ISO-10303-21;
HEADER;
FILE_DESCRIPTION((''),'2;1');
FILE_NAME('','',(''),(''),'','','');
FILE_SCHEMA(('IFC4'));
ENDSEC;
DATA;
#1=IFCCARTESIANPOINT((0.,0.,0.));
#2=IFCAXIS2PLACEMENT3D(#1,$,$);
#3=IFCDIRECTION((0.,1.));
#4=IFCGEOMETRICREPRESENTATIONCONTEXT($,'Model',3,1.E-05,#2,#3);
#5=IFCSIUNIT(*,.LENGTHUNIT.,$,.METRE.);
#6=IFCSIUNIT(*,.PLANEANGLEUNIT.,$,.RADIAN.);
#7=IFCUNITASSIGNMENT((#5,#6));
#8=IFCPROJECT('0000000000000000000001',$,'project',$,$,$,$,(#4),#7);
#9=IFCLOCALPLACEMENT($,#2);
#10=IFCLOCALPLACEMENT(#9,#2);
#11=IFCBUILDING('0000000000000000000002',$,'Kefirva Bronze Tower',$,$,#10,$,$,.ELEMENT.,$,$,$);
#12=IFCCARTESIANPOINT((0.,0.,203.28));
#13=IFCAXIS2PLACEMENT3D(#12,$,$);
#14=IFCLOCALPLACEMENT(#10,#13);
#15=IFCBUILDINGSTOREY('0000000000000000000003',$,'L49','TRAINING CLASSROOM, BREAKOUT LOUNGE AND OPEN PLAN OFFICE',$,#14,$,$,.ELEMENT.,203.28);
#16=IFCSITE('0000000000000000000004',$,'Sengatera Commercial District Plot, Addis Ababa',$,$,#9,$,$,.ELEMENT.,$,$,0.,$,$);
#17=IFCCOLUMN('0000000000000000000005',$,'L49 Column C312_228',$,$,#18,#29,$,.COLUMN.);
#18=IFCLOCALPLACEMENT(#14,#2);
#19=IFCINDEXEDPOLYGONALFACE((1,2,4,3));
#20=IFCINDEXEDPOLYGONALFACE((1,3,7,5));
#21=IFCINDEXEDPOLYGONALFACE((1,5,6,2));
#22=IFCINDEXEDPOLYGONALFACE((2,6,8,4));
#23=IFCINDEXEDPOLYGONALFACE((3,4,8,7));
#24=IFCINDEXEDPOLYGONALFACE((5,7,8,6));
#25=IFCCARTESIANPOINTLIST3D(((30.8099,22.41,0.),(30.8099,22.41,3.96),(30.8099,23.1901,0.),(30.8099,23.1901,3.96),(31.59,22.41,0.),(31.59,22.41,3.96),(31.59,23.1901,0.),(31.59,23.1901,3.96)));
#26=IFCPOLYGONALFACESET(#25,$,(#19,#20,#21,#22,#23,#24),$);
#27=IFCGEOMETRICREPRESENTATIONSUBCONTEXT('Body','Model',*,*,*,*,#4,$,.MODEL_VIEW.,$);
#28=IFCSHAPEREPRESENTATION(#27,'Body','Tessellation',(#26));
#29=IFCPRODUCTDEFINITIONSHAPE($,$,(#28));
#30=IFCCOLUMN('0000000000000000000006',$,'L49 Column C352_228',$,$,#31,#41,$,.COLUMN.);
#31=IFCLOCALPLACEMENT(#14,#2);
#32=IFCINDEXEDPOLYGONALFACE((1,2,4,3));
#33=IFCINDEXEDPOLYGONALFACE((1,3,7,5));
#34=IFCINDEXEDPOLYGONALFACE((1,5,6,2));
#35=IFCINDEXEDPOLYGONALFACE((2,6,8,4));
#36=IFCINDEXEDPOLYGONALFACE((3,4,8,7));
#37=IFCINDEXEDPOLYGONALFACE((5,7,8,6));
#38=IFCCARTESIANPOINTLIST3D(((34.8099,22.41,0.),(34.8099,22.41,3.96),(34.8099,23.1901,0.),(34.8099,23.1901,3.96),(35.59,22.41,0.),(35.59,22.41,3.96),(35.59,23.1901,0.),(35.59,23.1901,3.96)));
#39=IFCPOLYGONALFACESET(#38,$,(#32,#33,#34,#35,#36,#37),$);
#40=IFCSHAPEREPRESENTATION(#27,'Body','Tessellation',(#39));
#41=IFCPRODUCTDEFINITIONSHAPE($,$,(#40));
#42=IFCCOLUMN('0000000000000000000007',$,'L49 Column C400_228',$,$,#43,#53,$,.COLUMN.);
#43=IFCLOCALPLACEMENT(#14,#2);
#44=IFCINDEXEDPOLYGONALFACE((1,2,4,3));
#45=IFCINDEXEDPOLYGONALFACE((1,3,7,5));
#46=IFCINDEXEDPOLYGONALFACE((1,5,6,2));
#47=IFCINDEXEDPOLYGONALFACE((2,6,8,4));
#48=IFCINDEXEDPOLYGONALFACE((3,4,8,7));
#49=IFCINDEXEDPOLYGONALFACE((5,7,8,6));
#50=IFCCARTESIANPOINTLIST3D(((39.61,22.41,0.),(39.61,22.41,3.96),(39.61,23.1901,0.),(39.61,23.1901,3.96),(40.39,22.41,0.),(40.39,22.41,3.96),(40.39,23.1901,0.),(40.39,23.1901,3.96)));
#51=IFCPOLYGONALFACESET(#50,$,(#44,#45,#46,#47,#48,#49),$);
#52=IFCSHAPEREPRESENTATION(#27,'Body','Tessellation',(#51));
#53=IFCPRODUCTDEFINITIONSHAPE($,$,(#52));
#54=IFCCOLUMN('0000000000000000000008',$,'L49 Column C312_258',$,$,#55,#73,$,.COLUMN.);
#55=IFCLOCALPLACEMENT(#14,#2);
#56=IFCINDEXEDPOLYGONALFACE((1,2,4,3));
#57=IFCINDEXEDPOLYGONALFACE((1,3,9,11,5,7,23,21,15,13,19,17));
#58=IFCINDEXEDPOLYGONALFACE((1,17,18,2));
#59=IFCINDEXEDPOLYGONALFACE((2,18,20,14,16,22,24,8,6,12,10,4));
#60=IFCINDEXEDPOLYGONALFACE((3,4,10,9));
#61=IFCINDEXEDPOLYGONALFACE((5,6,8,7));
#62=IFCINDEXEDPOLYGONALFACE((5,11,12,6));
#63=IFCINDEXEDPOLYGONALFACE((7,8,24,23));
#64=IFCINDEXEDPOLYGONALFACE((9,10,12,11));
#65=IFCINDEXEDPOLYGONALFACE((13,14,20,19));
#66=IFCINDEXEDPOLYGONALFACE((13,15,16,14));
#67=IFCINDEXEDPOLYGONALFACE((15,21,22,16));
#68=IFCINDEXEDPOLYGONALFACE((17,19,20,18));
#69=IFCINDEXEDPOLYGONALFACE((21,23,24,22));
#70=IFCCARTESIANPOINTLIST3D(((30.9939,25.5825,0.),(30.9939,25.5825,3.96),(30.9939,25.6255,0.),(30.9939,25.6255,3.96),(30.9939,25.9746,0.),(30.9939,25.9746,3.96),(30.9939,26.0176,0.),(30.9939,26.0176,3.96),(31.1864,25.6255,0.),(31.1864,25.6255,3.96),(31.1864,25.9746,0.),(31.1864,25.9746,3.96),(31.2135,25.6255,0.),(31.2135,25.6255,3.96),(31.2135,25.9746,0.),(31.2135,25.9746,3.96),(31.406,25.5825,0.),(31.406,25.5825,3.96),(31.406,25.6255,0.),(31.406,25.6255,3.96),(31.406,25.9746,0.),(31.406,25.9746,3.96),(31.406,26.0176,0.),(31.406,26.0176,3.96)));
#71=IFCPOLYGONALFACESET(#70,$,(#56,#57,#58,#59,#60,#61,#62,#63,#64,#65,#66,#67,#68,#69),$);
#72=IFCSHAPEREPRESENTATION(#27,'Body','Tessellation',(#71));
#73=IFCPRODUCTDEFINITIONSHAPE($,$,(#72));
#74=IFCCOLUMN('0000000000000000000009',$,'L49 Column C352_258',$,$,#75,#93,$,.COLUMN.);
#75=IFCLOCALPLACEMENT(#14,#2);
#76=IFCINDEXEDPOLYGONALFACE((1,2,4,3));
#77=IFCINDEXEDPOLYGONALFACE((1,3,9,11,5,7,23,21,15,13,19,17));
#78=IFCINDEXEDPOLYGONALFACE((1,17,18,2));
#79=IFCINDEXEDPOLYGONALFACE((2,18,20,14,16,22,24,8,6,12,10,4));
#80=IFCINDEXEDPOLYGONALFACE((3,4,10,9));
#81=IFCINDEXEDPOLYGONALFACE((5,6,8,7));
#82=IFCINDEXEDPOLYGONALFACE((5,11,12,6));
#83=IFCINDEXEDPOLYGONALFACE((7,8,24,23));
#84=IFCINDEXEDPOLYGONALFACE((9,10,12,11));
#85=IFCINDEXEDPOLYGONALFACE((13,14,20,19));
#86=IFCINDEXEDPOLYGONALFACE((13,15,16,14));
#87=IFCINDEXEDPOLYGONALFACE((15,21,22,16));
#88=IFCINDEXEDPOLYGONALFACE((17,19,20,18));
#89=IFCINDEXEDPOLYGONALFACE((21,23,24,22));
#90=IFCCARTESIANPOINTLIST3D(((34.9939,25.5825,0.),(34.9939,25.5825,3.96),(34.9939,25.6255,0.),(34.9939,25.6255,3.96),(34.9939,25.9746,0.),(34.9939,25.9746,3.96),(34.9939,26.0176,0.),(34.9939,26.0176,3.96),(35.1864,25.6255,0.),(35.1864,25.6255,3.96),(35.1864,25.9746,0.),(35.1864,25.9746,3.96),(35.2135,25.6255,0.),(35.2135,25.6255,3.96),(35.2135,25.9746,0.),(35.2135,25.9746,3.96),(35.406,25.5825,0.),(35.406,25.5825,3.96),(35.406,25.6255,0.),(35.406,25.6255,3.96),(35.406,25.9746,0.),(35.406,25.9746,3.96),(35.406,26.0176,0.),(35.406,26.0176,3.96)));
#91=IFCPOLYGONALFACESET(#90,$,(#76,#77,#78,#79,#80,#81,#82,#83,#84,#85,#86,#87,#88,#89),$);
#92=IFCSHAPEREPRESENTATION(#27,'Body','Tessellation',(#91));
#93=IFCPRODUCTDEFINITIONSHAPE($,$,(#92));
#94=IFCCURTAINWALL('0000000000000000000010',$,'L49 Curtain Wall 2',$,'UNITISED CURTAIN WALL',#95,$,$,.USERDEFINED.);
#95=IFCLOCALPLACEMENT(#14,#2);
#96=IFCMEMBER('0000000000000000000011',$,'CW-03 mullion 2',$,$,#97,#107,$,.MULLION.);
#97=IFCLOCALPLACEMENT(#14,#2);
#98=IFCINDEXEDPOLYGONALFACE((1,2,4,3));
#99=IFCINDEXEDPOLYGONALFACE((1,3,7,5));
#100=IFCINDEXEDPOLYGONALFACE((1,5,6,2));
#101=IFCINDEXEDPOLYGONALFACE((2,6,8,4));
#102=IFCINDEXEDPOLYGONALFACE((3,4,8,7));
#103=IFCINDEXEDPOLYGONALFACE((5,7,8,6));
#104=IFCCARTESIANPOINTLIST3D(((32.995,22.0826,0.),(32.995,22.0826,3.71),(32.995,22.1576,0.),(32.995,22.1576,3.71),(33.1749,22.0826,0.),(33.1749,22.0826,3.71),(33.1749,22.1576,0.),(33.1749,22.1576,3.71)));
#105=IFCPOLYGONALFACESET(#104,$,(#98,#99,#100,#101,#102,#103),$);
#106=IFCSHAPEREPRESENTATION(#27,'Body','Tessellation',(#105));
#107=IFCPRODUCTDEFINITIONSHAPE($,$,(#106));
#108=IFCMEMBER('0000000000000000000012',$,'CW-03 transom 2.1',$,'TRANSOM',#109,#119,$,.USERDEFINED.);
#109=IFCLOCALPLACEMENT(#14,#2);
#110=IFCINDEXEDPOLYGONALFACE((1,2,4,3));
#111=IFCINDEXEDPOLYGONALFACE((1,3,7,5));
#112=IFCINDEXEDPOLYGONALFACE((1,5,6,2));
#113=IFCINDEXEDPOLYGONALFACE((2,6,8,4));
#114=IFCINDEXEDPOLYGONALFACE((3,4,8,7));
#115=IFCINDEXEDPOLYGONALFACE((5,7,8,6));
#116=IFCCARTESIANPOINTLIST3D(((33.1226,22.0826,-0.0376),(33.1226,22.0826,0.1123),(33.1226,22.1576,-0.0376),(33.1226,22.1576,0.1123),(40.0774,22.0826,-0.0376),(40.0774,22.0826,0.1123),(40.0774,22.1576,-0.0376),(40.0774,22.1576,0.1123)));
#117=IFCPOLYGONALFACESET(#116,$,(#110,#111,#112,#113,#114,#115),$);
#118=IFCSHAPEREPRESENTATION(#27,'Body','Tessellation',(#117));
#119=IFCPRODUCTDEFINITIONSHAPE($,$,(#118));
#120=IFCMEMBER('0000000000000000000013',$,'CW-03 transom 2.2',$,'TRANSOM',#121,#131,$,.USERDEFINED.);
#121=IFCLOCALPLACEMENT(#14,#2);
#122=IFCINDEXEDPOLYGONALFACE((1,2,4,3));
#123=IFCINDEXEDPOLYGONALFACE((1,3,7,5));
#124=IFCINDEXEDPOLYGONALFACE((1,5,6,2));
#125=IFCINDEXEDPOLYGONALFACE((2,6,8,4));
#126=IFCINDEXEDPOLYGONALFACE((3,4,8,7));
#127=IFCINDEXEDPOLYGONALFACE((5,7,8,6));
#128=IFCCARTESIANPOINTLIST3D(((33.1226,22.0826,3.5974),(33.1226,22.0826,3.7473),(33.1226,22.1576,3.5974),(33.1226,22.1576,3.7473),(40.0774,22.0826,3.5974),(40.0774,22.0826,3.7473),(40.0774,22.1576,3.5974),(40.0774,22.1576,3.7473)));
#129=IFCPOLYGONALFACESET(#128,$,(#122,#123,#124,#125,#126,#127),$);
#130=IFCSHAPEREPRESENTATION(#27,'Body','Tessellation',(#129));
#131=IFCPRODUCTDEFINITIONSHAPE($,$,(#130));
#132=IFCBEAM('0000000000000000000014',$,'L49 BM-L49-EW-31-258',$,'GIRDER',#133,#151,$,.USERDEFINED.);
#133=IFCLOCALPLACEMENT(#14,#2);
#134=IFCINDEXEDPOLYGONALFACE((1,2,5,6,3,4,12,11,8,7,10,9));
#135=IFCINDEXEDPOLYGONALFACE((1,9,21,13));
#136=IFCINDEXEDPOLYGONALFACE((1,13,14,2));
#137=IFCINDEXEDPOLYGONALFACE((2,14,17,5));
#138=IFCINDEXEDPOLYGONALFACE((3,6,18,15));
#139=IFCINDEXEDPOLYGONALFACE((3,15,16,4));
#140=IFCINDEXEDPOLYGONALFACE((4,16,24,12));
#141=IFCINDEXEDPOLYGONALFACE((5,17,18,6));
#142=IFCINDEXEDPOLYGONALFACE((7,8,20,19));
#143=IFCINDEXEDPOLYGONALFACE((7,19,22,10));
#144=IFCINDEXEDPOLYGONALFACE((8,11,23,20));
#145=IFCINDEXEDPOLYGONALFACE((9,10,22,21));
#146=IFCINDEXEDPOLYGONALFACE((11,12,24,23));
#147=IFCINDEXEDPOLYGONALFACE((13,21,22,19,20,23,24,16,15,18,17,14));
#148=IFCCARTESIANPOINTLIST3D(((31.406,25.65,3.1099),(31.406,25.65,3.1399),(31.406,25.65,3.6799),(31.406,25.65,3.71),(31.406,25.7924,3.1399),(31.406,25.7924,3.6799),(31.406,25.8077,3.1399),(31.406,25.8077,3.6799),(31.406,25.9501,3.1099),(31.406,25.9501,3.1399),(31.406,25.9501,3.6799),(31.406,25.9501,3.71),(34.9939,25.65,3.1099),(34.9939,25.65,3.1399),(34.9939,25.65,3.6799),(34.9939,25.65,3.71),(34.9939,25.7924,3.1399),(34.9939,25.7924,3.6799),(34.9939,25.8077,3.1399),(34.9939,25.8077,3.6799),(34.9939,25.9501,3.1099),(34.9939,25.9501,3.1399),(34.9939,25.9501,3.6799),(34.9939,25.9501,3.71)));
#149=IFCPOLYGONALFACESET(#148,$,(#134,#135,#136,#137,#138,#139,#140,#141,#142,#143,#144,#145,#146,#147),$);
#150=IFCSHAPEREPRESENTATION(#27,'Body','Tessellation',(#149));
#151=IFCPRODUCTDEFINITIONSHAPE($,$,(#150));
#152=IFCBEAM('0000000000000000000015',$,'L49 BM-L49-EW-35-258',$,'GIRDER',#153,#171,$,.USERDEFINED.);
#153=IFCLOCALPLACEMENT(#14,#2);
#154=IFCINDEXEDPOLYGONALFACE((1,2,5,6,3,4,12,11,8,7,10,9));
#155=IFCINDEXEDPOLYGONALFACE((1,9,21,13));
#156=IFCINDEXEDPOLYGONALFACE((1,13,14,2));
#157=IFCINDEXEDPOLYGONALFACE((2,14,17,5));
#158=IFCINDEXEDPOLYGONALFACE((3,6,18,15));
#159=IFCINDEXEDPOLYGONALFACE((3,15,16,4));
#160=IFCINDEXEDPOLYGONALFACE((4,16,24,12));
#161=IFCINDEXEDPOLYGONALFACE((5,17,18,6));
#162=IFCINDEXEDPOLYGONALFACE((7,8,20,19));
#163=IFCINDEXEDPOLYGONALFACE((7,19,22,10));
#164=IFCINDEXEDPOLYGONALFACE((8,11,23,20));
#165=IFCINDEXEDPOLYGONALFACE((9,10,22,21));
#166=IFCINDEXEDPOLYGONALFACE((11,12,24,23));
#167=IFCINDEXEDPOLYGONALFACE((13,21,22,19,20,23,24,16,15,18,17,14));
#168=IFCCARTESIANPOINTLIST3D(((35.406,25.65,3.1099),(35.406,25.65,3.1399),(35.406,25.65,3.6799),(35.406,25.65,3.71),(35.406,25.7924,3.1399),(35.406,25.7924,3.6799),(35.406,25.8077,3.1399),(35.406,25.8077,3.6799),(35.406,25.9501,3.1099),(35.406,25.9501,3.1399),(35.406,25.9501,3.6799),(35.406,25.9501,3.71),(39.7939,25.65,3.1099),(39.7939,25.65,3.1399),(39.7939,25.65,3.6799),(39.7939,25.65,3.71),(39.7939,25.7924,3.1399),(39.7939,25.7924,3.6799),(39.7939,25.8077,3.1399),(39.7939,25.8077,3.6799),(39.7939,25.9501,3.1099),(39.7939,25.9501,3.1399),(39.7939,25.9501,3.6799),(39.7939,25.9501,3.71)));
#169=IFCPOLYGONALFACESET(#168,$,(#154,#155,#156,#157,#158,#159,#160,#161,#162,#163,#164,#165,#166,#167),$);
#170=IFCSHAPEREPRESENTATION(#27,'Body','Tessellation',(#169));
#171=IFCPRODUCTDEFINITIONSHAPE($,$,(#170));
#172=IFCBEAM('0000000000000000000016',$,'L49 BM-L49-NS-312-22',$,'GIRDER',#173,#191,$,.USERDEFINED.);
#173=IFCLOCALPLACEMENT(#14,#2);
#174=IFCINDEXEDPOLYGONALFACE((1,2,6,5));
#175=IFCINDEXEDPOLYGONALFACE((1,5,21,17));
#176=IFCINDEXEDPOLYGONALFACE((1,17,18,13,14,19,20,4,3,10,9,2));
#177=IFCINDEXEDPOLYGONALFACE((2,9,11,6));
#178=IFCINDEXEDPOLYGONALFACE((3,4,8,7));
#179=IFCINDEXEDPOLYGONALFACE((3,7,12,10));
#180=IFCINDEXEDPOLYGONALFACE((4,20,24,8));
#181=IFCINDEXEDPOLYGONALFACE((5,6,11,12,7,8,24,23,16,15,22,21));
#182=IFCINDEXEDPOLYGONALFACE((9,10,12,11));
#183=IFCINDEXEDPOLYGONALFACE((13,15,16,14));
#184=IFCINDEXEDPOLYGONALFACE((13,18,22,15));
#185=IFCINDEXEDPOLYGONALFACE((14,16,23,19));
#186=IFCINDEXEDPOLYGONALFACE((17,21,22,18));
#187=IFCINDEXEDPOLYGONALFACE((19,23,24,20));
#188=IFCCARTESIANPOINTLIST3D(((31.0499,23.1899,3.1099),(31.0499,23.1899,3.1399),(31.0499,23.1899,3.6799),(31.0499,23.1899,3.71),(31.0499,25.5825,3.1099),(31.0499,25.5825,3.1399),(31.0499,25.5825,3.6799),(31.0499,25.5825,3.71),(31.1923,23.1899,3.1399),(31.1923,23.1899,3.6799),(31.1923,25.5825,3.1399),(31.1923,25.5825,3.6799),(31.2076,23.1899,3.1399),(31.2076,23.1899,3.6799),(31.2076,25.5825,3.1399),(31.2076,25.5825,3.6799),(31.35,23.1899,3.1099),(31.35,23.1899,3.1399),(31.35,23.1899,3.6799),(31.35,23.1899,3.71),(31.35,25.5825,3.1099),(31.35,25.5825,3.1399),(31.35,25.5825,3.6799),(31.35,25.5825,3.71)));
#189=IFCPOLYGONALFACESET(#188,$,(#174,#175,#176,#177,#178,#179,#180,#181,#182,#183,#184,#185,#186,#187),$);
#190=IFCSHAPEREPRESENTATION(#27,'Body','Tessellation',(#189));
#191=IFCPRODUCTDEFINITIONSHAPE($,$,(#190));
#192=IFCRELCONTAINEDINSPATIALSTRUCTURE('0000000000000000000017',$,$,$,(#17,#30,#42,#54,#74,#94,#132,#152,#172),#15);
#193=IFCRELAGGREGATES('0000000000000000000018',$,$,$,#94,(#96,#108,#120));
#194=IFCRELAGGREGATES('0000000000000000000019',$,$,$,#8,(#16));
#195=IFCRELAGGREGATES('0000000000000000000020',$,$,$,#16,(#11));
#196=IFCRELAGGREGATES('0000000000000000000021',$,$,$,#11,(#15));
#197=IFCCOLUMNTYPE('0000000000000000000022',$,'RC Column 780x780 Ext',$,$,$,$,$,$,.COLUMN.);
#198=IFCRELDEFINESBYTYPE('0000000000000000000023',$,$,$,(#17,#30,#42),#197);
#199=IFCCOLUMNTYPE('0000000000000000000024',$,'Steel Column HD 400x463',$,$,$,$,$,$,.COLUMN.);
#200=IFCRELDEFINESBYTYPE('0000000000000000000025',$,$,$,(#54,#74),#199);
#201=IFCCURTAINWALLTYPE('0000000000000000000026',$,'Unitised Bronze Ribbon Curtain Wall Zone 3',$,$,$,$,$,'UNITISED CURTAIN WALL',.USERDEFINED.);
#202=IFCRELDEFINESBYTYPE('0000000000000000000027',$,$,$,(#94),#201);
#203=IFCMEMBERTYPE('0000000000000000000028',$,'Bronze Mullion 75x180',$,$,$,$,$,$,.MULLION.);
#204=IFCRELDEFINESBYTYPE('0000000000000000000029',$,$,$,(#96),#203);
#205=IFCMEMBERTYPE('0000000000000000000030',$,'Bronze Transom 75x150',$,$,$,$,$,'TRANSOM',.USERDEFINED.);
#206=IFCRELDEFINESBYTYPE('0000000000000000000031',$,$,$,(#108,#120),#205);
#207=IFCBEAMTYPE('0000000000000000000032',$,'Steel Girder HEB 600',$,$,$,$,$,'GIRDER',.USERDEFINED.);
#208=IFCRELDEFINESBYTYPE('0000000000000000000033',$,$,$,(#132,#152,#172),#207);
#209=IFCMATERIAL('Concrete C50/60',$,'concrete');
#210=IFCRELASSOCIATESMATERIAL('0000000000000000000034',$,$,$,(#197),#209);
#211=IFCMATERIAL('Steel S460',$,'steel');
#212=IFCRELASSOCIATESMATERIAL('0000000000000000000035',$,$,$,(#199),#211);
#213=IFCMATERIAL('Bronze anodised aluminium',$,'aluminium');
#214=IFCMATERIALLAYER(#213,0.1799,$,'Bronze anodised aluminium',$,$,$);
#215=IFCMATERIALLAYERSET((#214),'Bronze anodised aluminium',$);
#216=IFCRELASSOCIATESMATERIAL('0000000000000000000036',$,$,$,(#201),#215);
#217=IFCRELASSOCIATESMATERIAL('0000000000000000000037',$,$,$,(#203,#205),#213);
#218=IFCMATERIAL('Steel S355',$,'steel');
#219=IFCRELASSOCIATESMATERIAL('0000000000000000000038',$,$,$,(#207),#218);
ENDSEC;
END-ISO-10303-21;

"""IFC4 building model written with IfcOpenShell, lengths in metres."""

from ifc_helpers import new_model, si_unit, direction, frame, origin, origin_2d, place, context, subcontext, project, spatial, rectangle, i_section, extrude, material, layer, layer_set, material_profile, profile_set, type_object, element, aggregate, save


model = new_model("IFC4")

# Units and contexts
model_context = context("Model", 3, precision=1e-05, world=origin(), true_north=direction((0.0, 1.0)))
body_context = subcontext(model_context, "Body", "Model", "MODEL_VIEW")
ifc_project = project(units=[si_unit("LENGTHUNIT", "METRE"), si_unit("PLANEANGLEUNIT", "RADIAN")], contexts=[model_context])

# Site, building, storey
site_placement = place(None, origin())
site = spatial("IfcSite", under=ifc_project, at=site_placement, Name="Sengatera Commercial District Plot, Addis Ababa", CompositionType="ELEMENT", RefElevation=0.0)
building_placement = place(site_placement, origin())
building = spatial("IfcBuilding", under=site, at=building_placement, Name="Kefirva Bronze Tower", CompositionType="ELEMENT")
storey_placement = place(building_placement, frame((0.0, 0.0, 203.28)))
storey = spatial("IfcBuildingStorey", under=building, at=storey_placement, Name="L49", Description="TRAINING CLASSROOM, BREAKOUT LOUNGE AND OPEN PLAN OFFICE", CompositionType="ELEMENT", Elevation=203.28)

# Columns
ifc_material_1 = material(Name="Concrete C50/60", Category="concrete")
ifc_material_profile_1 = material_profile(ifc_material_1, rectangle(XDim=0.78, YDim=0.78, at=origin_2d()), Name="RC 780x780")
ifc_profile_set_1 = profile_set([ifc_material_profile_1], Name="Concrete C50/60")
column_type_1 = type_object("IfcColumnType", Name="RC Column 780x780 Ext", PredefinedType="COLUMN", material=ifc_profile_set_1)
for number, where, z_axis, x_axis, name in (
    (1, (31.2, 22.8, 0.0), (0.0, 0.0, 1.0), (1.0, 0.0, 0.0), "L49 Column C312_228"),
    (2, (35.2, 22.8, 0.0), (0.0, 0.0, 1.0), (1.0, 0.0, 0.0), "L49 Column C352_228"),
    (3, (40.0, 22.8, 0.0), (0.0, 0.0, 1.0), (1.0, 0.0, 0.0), "L49 Column C400_228"),
):
    element("IfcColumn", number, at=place(storey_placement, frame(where, z_axis=z_axis, x_axis=x_axis)), inside=storey, type_object=column_type_1, Name=name, PredefinedType="COLUMN", context=body_context, shape_type="SweptSolid", body=[
        extrude(rectangle(XDim=0.78, YDim=0.78, at=origin_2d()), origin(), (0.0, 0.0, 1.0), 3.96),
    ])
ifc_material_2 = material(Name="Steel S460", Category="steel")
ifc_material_profile_2 = material_profile(ifc_material_2, i_section(OverallWidth=0.4121, OverallDepth=0.4351, WebThickness=0.0271, FlangeThickness=0.043, at=origin_2d()), Name="HD 400x463")
ifc_profile_set_2 = profile_set([ifc_material_profile_2], Name="Steel S460")
column_type_2 = type_object("IfcColumnType", Name="Steel Column HD 400x463", PredefinedType="COLUMN", material=ifc_profile_set_2)
for number, where, z_axis, x_axis, name in (
    (4, (31.2, 25.8, 0.0), (0.0, 0.0, 1.0), (1.0, 0.0, 0.0), "L49 Column C312_258"),
    (5, (35.2, 25.8, 0.0), (0.0, 0.0, 1.0), (1.0, 0.0, 0.0), "L49 Column C352_258"),
):
    element("IfcColumn", number, at=place(storey_placement, frame(where, z_axis=z_axis, x_axis=x_axis)), inside=storey, type_object=column_type_2, Name=name, PredefinedType="COLUMN", context=body_context, shape_type="SweptSolid", body=[
        extrude(i_section(OverallWidth=0.4121, OverallDepth=0.4351, WebThickness=0.0271, FlangeThickness=0.043, at=origin_2d()), origin(), (0.0, 0.0, 1.0), 3.96),
    ])

# Curtain wall, members
ifc_material_3 = material(Name="Bronze anodised aluminium", Category="aluminium")
ifc_layer_1 = layer(ifc_material_3, 0.1799, Name="Bronze anodised aluminium")
ifc_layer_set_1 = layer_set([ifc_layer_1], Name="Bronze anodised aluminium")
curtain_wall_type = type_object("IfcCurtainWallType", Name="Unitised Bronze Ribbon Curtain Wall Zone 3", ElementType="UNITISED CURTAIN WALL", PredefinedType="USERDEFINED", material=ifc_layer_set_1)
curtain_wall_placement = place(storey_placement, origin())
curtain_wall = element("IfcCurtainWall", 6, at=curtain_wall_placement, inside=storey, type_object=curtain_wall_type, Name="L49 Curtain Wall 2", ObjectType="UNITISED CURTAIN WALL", PredefinedType="USERDEFINED")
ifc_material_profile_3 = material_profile(ifc_material_3, rectangle(XDim=0.075, YDim=0.1799, at=origin_2d()), Name="ALU 75x180")
ifc_profile_set_3 = profile_set([ifc_material_profile_3], Name="Bronze anodised aluminium")
member_type_1 = type_object("IfcMemberType", Name="Bronze Mullion 75x180", PredefinedType="MULLION", material=ifc_profile_set_3)
member_1_placement = place(storey_placement, frame((33.085, 22.1201, 0.0), z_axis=(0.0, 0.0, 1.0), x_axis=(0.0, 1.0, 0.0)))
member_1 = element("IfcMember", 7, at=member_1_placement, type_object=member_type_1, Name="CW-03 mullion 2", PredefinedType="MULLION", context=body_context, shape_type="SweptSolid", body=[
    extrude(rectangle(XDim=0.075, YDim=0.1799, at=origin_2d()), origin(), (0.0, 0.0, 1.0), 3.71),
])
ifc_material_profile_4 = material_profile(ifc_material_3, rectangle(XDim=0.075, YDim=0.1499, at=origin_2d()), Name="ALU 75x150")
ifc_profile_set_4 = profile_set([ifc_material_profile_4], Name="Bronze anodised aluminium")
member_type_2 = type_object("IfcMemberType", Name="Bronze Transom 75x150", ElementType="TRANSOM", PredefinedType="USERDEFINED", material=ifc_profile_set_4)
member_2_placement = place(storey_placement, frame((33.1226, 22.1201, 0.0374), z_axis=(1.0, 0.0, 0.0), x_axis=(0.0, 1.0, 0.0)))
member_2 = element("IfcMember", 8, at=member_2_placement, type_object=member_type_2, Name="CW-03 transom 2.1", ObjectType="TRANSOM", PredefinedType="USERDEFINED", context=body_context, shape_type="SweptSolid", body=[
    extrude(rectangle(XDim=0.075, YDim=0.1499, at=origin_2d()), origin(), (0.0, 0.0, 1.0), 6.9548),
])
member_3_placement = place(storey_placement, frame((33.1226, 22.1201, 3.6724), z_axis=(1.0, 0.0, 0.0), x_axis=(0.0, 1.0, 0.0)))
member_3 = element("IfcMember", 9, at=member_3_placement, type_object=member_type_2, Name="CW-03 transom 2.2", ObjectType="TRANSOM", PredefinedType="USERDEFINED", context=body_context, shape_type="SweptSolid", body=[
    extrude(rectangle(XDim=0.075, YDim=0.1499, at=origin_2d()), origin(), (0.0, 0.0, 1.0), 6.9548),
])

# Beams
ifc_material_4 = material(Name="Steel S355", Category="steel")
ifc_material_profile_5 = material_profile(ifc_material_4, i_section(OverallWidth=0.3, OverallDepth=0.6001, WebThickness=0.0154, FlangeThickness=0.03, at=origin_2d()), Name="HEB 600")
ifc_profile_set_5 = profile_set([ifc_material_profile_5], Name="Steel S355")
beam_type_1 = type_object("IfcBeamType", Name="Steel Girder HEB 600", ElementType="GIRDER", PredefinedType="USERDEFINED", material=ifc_profile_set_5)
beam_1_placement = place(storey_placement, frame((31.406, 25.8, 3.4099), z_axis=(1.0, 0.0, 0.0), x_axis=(0.0, 1.0, 0.0)))
element("IfcBeam", 10, at=beam_1_placement, inside=storey, type_object=beam_type_1, Name="L49 BM-L49-EW-31-258", ObjectType="GIRDER", PredefinedType="USERDEFINED", context=body_context, shape_type="SweptSolid", body=[
    extrude(i_section(OverallWidth=0.3, OverallDepth=0.6001, WebThickness=0.0154, FlangeThickness=0.03, at=origin_2d()), origin(), (0.0, 0.0, 1.0), 3.5879),
])
beam_2_placement = place(storey_placement, frame((35.406, 25.8, 3.4099), z_axis=(1.0, 0.0, 0.0), x_axis=(0.0, 1.0, 0.0)))
element("IfcBeam", 11, at=beam_2_placement, inside=storey, type_object=beam_type_1, Name="L49 BM-L49-EW-35-258", ObjectType="GIRDER", PredefinedType="USERDEFINED", context=body_context, shape_type="SweptSolid", body=[
    extrude(i_section(OverallWidth=0.3, OverallDepth=0.6001, WebThickness=0.0154, FlangeThickness=0.03, at=origin_2d()), origin(), (0.0, 0.0, 1.0), 4.3879),
])
beam_3_placement = place(storey_placement, frame((31.2, 23.1899, 3.4099), z_axis=(0.0, 1.0, 0.0), x_axis=(-1.0, 0.0, 0.0)))
element("IfcBeam", 12, at=beam_3_placement, inside=storey, type_object=beam_type_1, Name="L49 BM-L49-NS-312-22", ObjectType="GIRDER", PredefinedType="USERDEFINED", context=body_context, shape_type="SweptSolid", body=[
    extrude(i_section(OverallWidth=0.3, OverallDepth=0.6001, WebThickness=0.0154, FlangeThickness=0.03, at=origin_2d()), origin(), (0.0, 0.0, 1.0), 2.3926),
])

aggregate(curtain_wall, [member_1, member_2, member_3])

save(model, "model.ifc")
